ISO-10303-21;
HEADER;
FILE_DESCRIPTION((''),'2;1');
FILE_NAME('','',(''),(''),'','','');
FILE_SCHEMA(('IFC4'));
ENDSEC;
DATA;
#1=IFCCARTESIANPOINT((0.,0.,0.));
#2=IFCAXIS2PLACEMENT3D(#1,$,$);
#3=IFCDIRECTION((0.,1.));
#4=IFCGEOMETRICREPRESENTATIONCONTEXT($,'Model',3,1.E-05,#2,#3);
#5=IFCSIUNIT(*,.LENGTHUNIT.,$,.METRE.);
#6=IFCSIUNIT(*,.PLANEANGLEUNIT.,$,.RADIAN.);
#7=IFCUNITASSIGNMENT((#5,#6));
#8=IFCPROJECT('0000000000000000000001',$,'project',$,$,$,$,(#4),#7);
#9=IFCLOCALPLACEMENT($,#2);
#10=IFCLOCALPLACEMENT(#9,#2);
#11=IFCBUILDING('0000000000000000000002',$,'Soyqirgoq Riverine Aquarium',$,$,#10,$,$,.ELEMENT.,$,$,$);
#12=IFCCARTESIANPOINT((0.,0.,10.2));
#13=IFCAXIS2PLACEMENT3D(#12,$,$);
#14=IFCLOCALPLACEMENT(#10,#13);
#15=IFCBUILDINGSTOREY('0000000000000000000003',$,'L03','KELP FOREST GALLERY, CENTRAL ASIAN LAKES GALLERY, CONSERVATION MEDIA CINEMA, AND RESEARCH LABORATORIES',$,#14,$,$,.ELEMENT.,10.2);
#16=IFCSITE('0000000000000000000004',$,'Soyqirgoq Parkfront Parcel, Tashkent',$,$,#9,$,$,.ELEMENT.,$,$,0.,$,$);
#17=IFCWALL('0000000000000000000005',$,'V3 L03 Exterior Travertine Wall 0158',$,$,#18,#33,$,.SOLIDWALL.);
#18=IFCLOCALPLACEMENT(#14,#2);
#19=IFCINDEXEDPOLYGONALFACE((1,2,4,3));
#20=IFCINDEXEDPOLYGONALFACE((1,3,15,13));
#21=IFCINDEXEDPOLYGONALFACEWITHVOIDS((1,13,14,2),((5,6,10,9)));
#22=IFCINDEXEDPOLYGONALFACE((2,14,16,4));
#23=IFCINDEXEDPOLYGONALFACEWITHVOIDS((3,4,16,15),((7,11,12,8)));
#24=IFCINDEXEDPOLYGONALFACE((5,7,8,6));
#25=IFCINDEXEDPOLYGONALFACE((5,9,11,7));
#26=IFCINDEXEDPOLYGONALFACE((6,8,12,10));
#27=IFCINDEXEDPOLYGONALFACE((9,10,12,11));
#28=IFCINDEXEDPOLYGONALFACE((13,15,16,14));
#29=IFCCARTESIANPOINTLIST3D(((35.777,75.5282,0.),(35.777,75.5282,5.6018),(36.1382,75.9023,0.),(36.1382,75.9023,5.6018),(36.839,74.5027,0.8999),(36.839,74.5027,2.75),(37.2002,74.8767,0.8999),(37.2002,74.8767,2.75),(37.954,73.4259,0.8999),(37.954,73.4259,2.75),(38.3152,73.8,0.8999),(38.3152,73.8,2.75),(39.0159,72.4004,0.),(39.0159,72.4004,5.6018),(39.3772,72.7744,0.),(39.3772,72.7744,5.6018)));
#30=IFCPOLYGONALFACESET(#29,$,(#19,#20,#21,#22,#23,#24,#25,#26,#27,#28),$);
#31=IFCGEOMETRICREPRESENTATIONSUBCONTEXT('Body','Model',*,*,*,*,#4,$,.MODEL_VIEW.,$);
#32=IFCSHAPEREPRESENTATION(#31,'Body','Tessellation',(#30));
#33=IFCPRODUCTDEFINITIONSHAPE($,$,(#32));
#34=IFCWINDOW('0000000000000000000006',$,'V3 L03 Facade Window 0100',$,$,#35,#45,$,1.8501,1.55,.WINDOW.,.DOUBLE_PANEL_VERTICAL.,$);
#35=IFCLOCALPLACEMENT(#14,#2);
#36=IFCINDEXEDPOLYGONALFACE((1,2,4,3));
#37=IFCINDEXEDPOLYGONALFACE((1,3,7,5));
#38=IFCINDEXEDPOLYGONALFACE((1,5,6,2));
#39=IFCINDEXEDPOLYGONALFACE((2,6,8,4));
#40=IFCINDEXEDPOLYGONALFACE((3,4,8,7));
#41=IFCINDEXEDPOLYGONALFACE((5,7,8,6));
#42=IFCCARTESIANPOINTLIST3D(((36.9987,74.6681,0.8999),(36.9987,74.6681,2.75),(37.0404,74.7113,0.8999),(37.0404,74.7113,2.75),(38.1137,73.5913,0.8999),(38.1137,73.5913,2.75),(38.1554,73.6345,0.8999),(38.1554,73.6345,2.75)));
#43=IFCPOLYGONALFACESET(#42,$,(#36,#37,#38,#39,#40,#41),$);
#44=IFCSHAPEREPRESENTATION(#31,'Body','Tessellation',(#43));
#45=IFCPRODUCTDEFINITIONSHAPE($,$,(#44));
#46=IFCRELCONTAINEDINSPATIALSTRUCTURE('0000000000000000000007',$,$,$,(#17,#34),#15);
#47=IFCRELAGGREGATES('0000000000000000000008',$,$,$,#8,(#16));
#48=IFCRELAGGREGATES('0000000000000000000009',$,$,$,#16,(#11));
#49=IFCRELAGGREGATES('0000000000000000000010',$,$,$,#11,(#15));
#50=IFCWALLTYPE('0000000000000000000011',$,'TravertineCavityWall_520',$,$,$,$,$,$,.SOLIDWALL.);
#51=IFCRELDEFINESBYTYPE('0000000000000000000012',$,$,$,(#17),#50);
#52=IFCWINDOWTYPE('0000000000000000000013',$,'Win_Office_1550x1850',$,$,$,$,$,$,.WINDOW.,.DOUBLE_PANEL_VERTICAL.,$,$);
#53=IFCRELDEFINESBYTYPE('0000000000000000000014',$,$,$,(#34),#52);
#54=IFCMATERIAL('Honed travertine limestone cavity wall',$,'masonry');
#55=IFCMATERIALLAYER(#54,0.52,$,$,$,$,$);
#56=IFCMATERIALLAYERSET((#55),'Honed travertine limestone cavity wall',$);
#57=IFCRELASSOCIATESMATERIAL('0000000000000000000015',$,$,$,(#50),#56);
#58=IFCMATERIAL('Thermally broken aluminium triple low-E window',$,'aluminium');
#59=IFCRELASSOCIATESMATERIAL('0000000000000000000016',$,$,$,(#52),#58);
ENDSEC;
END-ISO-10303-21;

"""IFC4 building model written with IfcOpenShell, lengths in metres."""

from ifc_helpers import new_model, si_unit, direction, frame, frame_2d, origin, place, context, subcontext, project, spatial, rectangle, extrude, material, layer, layer_set, type_object, element, fill, save


model = new_model("IFC4")

# Units and contexts
model_context = context("Model", 3, precision=1e-05, world=origin(), true_north=direction((0.0, 1.0)))
body_context = subcontext(model_context, "Body", "Model", "MODEL_VIEW")
ifc_project = project(units=[si_unit("LENGTHUNIT", "METRE"), si_unit("PLANEANGLEUNIT", "RADIAN")], contexts=[model_context])

# Site, building, storey
site_placement = place(None, origin())
site = spatial("IfcSite", under=ifc_project, at=site_placement, Name="Soyqirgoq Parkfront Parcel, Tashkent", CompositionType="ELEMENT", RefElevation=0.0)
building_placement = place(site_placement, origin())
building = spatial("IfcBuilding", under=site, at=building_placement, Name="Soyqirgoq Riverine Aquarium", CompositionType="ELEMENT")
storey_placement = place(building_placement, frame((0.0, 0.0, 10.2)))
storey = spatial("IfcBuildingStorey", under=building, at=storey_placement, Name="L03", Description="KELP FOREST GALLERY, CENTRAL ASIAN LAKES GALLERY, CONSERVATION MEDIA CINEMA, AND RESEARCH LABORATORIES", CompositionType="ELEMENT", Elevation=10.2)

# Wall, opening, window
ifc_material_1 = material(Name="Honed travertine limestone cavity wall", Category="masonry")
ifc_layer_1 = layer(ifc_material_1, 0.52)
ifc_layer_set_1 = layer_set([ifc_layer_1], Name="Honed travertine limestone cavity wall")
wall_type_1 = type_object("IfcWallType", Name="TravertineCavityWall_520", PredefinedType="SOLIDWALL", material=ifc_layer_set_1)
wall_1_placement = place(storey_placement, frame((35.9575, 75.7153, 0.0), z_axis=(0.0, 0.0, 1.0), x_axis=(0.719334, -0.694664, 0.0)))
wall_1 = element("IfcWall", 1, at=wall_1_placement, inside=storey, type_object=wall_type_1, Name="V3 L03 Exterior Travertine Wall 0158", PredefinedType="SOLIDWALL", context=body_context, shape_type="SweptSolid", body=[
    extrude(rectangle(XDim=4.5027, YDim=0.52, at=frame_2d((2.2515, 0.0))), origin(), (0.0, 0.0, 1.0), 5.6018),
])
opening_1_placement = place(wall_1_placement, frame((1.4766, 0.0, 0.8999)))
opening_1 = element("IfcOpeningElement", 2, at=opening_1_placement, cuts=wall_1, PredefinedType="OPENING", context=body_context, shape_type="SweptSolid", body=[
    extrude(rectangle(XDim=1.55, YDim=1.8501, at=frame_2d((0.7749, 0.925))), frame((0.0, 0.27, 0.0), z_axis=(0.0, -1.0, 0.0), x_axis=(1.0, 0.0, 0.0)), (0.0, 0.0, 1.0), 0.54),
])
ifc_material_2 = material(Name="Thermally broken aluminium triple low-E window", Category="aluminium")
window_type_1 = type_object("IfcWindowType", Name="Win_Office_1550x1850", PartitioningType="DOUBLE_PANEL_VERTICAL", PredefinedType="WINDOW", material=ifc_material_2)
window_1_placement = place(opening_1_placement, origin())
window_1 = element("IfcWindow", 3, at=window_1_placement, inside=storey, type_object=window_type_1, Name="V3 L03 Facade Window 0100", OverallHeight=1.8501, OverallWidth=1.55, PartitioningType="DOUBLE_PANEL_VERTICAL", PredefinedType="WINDOW", context=body_context, shape_type="SweptSolid", body=[
    extrude(rectangle(XDim=1.55, YDim=1.8501, at=frame_2d((0.7749, 0.925))), frame((0.0, 0.03, 0.0), z_axis=(0.0, -1.0, 0.0), x_axis=(1.0, 0.0, 0.0)), (0.0, 0.0, 1.0), 0.0601),
])
fill(opening_1, window_1)

save(model, "model.ifc")
